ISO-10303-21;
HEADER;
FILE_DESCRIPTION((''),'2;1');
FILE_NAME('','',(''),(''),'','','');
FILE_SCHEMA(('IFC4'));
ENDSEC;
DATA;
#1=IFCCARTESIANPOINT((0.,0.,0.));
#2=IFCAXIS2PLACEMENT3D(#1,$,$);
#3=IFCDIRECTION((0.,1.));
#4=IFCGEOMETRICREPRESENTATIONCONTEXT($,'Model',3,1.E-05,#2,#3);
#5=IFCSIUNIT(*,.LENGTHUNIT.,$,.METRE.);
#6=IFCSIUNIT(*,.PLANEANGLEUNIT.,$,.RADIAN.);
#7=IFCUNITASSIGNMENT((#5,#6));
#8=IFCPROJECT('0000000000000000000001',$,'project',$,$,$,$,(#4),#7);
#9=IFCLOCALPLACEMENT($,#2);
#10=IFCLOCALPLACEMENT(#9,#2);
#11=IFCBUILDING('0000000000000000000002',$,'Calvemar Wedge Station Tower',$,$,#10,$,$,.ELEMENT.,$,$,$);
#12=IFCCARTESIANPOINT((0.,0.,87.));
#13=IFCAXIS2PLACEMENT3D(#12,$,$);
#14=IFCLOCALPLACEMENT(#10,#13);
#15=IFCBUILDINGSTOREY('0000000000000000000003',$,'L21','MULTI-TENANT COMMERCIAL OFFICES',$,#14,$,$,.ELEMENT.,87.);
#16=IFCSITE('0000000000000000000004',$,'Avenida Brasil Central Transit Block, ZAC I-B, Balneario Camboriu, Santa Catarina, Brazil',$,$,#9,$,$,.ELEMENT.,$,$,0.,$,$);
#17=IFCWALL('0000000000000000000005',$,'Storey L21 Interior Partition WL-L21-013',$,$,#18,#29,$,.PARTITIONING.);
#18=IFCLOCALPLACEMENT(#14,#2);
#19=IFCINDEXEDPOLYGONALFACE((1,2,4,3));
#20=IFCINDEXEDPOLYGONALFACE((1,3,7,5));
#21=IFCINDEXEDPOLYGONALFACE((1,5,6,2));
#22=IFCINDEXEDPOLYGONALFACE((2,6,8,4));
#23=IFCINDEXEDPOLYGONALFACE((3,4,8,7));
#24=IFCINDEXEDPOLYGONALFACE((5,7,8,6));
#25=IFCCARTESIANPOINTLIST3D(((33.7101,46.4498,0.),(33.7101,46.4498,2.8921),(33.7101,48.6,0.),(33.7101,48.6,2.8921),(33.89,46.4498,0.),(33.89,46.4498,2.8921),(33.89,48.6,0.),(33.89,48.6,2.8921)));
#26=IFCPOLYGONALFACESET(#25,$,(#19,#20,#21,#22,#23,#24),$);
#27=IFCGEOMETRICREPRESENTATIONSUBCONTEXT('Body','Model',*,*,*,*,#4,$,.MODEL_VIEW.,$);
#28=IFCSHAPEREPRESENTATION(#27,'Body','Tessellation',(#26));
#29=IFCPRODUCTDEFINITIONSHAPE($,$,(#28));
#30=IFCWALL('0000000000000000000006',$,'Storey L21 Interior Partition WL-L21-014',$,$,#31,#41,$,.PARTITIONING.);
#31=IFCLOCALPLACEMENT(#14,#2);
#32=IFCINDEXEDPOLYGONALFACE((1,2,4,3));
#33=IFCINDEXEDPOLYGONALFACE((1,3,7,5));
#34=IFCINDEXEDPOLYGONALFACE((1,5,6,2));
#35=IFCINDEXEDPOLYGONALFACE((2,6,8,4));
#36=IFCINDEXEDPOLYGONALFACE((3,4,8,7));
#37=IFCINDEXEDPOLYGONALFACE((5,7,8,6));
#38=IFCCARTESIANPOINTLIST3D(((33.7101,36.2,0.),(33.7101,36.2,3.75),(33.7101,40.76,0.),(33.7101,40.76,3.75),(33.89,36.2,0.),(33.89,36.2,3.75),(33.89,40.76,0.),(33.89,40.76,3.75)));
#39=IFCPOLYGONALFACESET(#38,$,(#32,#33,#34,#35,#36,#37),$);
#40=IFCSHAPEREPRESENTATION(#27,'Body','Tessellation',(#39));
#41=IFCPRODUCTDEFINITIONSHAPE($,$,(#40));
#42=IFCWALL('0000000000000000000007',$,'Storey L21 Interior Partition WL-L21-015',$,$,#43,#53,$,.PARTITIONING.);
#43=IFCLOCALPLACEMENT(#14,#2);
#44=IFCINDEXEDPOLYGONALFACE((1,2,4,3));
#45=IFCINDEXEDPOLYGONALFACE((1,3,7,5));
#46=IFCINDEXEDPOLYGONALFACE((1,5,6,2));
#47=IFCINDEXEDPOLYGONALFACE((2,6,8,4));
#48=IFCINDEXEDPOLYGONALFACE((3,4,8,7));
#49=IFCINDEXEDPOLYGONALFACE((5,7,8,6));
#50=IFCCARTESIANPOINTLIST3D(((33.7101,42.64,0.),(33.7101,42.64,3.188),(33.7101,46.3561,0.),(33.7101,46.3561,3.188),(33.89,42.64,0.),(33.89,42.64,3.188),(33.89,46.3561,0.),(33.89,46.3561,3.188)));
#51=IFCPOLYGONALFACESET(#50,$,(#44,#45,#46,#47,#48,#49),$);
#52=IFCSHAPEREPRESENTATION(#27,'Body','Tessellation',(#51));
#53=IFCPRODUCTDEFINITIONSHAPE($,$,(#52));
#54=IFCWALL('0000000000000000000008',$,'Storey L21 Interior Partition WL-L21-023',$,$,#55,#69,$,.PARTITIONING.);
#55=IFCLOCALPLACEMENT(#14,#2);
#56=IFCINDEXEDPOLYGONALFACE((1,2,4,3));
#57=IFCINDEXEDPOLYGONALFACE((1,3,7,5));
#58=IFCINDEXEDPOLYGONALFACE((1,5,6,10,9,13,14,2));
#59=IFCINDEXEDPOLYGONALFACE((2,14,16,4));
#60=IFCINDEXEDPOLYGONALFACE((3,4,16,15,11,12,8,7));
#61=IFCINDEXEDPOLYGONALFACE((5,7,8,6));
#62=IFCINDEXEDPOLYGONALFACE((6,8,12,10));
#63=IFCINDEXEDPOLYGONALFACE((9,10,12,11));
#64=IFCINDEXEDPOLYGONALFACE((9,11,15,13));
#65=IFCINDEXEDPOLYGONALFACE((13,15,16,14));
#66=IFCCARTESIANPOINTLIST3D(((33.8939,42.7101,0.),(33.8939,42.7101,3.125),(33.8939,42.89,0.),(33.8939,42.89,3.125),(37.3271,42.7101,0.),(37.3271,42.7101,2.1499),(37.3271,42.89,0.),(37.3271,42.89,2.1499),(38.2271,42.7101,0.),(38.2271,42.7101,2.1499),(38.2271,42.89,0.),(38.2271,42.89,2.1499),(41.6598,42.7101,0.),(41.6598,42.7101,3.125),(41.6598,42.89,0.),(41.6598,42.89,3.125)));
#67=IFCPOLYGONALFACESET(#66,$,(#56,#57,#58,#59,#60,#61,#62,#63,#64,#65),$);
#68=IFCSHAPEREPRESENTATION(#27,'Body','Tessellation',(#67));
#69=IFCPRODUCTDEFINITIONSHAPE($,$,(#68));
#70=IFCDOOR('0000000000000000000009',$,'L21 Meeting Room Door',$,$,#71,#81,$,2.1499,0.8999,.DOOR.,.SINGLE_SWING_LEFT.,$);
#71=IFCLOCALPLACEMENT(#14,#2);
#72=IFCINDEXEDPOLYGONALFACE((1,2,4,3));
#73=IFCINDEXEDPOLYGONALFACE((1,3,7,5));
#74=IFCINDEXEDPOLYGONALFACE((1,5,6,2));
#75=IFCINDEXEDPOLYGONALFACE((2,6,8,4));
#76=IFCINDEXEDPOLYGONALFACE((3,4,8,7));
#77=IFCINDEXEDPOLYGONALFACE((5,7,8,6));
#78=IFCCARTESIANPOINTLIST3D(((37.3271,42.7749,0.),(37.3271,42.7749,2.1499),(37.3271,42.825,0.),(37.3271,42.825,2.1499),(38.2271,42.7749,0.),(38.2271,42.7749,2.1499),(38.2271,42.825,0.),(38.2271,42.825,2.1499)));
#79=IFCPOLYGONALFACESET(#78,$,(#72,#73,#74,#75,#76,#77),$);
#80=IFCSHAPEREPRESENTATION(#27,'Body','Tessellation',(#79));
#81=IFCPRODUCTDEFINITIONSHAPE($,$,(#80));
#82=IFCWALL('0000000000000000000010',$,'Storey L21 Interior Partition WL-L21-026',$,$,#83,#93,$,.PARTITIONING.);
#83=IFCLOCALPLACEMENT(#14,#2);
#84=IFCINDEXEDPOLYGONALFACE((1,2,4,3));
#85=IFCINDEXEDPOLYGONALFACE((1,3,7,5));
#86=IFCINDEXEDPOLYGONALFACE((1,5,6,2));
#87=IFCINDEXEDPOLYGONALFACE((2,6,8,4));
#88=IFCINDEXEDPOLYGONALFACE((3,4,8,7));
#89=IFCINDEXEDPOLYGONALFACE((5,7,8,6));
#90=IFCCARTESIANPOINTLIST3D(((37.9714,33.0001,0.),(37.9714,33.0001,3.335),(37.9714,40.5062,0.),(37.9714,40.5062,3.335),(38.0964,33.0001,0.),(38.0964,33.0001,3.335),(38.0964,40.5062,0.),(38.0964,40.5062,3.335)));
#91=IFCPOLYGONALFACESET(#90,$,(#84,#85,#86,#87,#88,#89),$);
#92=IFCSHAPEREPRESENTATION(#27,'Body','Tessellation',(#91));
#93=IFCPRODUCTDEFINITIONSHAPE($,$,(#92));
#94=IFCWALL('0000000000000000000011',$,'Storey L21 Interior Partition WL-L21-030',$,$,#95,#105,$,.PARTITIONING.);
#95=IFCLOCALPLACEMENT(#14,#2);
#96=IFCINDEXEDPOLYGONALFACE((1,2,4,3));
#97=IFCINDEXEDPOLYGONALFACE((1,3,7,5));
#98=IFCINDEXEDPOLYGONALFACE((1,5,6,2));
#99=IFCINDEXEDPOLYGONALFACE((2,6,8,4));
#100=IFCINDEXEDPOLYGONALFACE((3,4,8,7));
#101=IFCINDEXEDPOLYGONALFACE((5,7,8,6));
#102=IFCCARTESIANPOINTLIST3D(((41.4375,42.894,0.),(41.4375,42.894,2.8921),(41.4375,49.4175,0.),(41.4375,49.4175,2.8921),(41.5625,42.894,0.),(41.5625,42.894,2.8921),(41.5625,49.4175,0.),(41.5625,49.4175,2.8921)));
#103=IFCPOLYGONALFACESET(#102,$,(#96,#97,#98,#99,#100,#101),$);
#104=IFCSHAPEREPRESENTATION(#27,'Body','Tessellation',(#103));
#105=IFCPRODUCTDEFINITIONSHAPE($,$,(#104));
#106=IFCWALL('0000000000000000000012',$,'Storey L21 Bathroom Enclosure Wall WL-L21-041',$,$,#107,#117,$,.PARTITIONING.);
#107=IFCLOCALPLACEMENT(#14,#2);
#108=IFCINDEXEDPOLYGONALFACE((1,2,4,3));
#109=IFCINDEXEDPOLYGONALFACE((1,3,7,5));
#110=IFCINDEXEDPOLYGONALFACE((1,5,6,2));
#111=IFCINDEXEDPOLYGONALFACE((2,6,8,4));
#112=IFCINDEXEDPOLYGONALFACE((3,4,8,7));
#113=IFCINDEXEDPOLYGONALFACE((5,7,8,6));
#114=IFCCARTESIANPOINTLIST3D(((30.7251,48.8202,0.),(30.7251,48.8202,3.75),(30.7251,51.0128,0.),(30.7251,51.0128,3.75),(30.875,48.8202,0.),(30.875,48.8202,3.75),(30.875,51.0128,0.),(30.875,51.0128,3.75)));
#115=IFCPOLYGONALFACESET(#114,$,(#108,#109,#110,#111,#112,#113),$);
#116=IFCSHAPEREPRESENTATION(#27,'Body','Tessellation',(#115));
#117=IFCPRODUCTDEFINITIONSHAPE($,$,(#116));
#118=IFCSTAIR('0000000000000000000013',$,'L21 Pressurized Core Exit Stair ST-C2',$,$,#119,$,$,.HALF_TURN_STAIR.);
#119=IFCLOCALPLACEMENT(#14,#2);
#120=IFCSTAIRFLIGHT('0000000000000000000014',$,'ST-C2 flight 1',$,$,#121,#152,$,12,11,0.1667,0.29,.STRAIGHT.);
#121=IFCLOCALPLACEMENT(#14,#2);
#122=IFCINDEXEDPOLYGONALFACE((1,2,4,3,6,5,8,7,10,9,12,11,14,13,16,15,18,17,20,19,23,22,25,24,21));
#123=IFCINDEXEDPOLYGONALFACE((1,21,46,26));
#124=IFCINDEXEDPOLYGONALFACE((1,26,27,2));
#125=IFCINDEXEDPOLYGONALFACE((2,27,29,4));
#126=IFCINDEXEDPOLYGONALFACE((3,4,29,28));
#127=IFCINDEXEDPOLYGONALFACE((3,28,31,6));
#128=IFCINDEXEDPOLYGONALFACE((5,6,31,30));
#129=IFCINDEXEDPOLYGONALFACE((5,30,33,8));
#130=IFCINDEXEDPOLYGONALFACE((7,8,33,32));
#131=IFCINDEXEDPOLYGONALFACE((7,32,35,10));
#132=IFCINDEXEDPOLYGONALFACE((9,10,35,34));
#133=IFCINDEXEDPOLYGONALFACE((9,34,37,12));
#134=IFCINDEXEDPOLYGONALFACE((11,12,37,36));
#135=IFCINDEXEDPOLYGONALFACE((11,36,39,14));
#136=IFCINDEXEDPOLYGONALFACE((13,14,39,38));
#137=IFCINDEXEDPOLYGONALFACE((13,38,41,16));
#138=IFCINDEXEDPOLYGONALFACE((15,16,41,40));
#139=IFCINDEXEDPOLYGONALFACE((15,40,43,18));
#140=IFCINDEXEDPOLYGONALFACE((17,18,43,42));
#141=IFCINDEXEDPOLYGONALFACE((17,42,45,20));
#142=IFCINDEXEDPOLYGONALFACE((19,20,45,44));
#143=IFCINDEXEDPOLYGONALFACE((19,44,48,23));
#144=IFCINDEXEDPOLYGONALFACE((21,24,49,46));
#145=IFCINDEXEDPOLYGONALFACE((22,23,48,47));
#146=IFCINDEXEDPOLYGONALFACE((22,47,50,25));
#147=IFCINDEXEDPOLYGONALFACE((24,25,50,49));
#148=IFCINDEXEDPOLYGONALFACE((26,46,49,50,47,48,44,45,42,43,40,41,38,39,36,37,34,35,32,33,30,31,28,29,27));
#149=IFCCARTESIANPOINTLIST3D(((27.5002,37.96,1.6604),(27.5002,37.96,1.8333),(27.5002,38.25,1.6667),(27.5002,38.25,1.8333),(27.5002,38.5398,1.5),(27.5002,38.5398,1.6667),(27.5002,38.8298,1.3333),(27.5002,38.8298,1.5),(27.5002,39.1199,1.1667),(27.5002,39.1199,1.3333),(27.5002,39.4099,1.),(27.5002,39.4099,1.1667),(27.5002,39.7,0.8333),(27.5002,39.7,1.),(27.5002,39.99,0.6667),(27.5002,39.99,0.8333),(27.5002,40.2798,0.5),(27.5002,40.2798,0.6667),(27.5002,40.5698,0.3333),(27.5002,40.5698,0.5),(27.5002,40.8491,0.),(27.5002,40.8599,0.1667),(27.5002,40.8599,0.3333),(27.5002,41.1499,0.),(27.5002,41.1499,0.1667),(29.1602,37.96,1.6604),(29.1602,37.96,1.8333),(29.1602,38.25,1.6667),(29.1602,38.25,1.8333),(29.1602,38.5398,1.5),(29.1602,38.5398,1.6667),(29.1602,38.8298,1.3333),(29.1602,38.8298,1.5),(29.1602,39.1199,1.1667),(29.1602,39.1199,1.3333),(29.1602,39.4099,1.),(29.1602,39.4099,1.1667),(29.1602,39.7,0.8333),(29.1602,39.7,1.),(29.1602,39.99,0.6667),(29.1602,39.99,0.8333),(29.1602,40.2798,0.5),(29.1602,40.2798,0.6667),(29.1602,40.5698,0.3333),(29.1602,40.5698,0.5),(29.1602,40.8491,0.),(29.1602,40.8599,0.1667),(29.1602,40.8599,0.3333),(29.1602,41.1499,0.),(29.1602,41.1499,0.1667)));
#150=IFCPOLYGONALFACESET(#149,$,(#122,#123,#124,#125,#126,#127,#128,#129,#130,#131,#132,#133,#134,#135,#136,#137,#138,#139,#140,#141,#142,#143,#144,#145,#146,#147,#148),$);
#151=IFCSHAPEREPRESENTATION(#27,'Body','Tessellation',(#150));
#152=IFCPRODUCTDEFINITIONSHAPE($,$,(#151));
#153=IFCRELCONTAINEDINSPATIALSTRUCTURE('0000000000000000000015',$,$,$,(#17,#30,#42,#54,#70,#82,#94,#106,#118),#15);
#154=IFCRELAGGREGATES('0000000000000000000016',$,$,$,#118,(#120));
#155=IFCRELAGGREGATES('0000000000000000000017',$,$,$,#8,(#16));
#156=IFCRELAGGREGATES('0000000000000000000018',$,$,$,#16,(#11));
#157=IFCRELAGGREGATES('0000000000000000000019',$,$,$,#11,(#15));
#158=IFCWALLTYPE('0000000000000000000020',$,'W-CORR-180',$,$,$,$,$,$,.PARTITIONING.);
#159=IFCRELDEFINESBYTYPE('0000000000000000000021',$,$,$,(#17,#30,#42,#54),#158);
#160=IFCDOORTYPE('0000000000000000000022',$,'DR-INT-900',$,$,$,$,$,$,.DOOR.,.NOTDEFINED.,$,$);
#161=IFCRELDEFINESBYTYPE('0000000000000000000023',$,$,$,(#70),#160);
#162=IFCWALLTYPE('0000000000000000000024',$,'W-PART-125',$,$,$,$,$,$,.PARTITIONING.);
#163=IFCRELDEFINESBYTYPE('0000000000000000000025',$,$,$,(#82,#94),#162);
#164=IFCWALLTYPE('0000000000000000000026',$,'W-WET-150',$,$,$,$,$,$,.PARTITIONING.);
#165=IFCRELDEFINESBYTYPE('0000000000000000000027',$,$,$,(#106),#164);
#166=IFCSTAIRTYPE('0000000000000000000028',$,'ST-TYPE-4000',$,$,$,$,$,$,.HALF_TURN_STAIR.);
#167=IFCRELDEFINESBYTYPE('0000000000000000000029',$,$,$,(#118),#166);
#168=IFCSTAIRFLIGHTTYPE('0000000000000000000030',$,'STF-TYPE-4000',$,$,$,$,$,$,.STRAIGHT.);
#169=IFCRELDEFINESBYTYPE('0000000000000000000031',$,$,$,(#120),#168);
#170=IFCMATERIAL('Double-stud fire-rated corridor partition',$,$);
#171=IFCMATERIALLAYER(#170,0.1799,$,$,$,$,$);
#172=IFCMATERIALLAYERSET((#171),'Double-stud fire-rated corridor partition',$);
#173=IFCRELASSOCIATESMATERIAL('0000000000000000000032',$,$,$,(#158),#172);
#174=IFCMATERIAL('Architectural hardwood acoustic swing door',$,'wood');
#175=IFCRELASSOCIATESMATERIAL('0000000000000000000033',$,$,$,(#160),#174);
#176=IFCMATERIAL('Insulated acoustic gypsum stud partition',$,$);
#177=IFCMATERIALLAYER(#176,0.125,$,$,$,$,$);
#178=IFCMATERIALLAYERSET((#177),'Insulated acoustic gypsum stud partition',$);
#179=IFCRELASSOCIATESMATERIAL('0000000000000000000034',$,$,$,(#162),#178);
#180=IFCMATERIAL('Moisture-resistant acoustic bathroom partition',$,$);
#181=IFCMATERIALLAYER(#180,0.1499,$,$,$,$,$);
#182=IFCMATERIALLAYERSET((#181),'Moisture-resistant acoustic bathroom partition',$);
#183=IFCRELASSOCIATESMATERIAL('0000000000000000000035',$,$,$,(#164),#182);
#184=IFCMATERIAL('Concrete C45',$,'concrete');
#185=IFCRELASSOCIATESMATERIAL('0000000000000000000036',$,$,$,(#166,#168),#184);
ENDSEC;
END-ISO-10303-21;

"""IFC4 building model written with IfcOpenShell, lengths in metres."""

from ifc_helpers import new_model, si_unit, direction, frame, frame_2d, origin, place, context, subcontext, project, spatial, polyline, rectangle, outline, extrude, source, transform, mapped, material, layer, layer_set, type_object, element, fill, aggregate, save


model = new_model("IFC4")

# Units and contexts
model_context = context("Model", 3, precision=1e-05, world=origin(), true_north=direction((0.0, 1.0)))
body_context = subcontext(model_context, "Body", "Model", "MODEL_VIEW")
ifc_project = project(units=[si_unit("LENGTHUNIT", "METRE"), si_unit("PLANEANGLEUNIT", "RADIAN")], contexts=[model_context])

# Site, building, storey
site_placement = place(None, origin())
site = spatial("IfcSite", under=ifc_project, at=site_placement, Name="Avenida Brasil Central Transit Block, ZAC I-B, Balneario Camboriu, Santa Catarina, Brazil", CompositionType="ELEMENT", RefElevation=0.0)
building_placement = place(site_placement, origin())
building = spatial("IfcBuilding", under=site, at=building_placement, Name="Calvemar Wedge Station Tower", CompositionType="ELEMENT")
storey_placement = place(building_placement, frame((0.0, 0.0, 87.0)))
storey = spatial("IfcBuildingStorey", under=building, at=storey_placement, Name="L21", Description="MULTI-TENANT COMMERCIAL OFFICES", CompositionType="ELEMENT", Elevation=87.0)

# Walls
ifc_material_1 = material(Name="Double-stud fire-rated corridor partition")
ifc_layer_1 = layer(ifc_material_1, 0.1799)
ifc_layer_set_1 = layer_set([ifc_layer_1], Name="Double-stud fire-rated corridor partition")
wall_type_1 = type_object("IfcWallType", Name="W-CORR-180", PredefinedType="PARTITIONING", material=ifc_layer_set_1)
wall_1_placement = place(storey_placement, frame((33.8, 48.6001, 0.0), z_axis=(0.0, 0.0, 1.0), x_axis=(0.0, -1.0, 0.0)))
element("IfcWall", 1, at=wall_1_placement, inside=storey, type_object=wall_type_1, Name="Storey L21 Interior Partition WL-L21-013", PredefinedType="PARTITIONING", context=body_context, shape_type="SweptSolid", body=[
    extrude(rectangle(XDim=2.1501, YDim=0.1799, at=frame_2d((1.0752, 0.0))), origin(), (0.0, 0.0, 1.0), 2.8921),
])
wall_2_placement = place(storey_placement, frame((33.8, 40.76, 0.0), z_axis=(0.0, 0.0, 1.0), x_axis=(0.0, -1.0, 0.0)))
element("IfcWall", 2, at=wall_2_placement, inside=storey, type_object=wall_type_1, Name="Storey L21 Interior Partition WL-L21-014", PredefinedType="PARTITIONING", context=body_context, shape_type="SweptSolid", body=[
    extrude(rectangle(XDim=4.5601, YDim=0.1799, at=frame_2d((2.28, 0.0))), origin(), (0.0, 0.0, 1.0), 3.75),
])
wall_3_placement = place(storey_placement, frame((33.8, 46.356, 0.0), z_axis=(0.0, 0.0, 1.0), x_axis=(0.0, -1.0, 0.0)))
element("IfcWall", 3, at=wall_3_placement, inside=storey, type_object=wall_type_1, Name="Storey L21 Interior Partition WL-L21-015", PredefinedType="PARTITIONING", context=body_context, shape_type="SweptSolid", body=[
    extrude(rectangle(XDim=3.7161, YDim=0.1799, at=frame_2d((1.8579, 0.0))), origin(), (0.0, 0.0, 1.0), 3.188),
])

# Wall, opening, door
shared_shape_1 = source(origin(), body_context, "Body", "SweptSolid", [
    extrude(rectangle(XDim=0.8999, YDim=2.1499, at=frame_2d((0.45, 1.075))), frame((0.0, 0.1001, 0.0), z_axis=(0.0, -1.0, 0.0), x_axis=(1.0, 0.0, 0.0)), (0.0, 0.0, 1.0), 0.2),
])
ifc_material_2 = material(Name="Architectural hardwood acoustic swing door", Category="wood")
door_type = type_object("IfcDoorType", Name="DR-INT-900", OperationType="NOTDEFINED", PredefinedType="DOOR", material=ifc_material_2)
shared_shape_2 = source(origin(), body_context, "Body", "SweptSolid", [
    extrude(rectangle(XDim=0.8999, YDim=2.1499, at=frame_2d((0.45, 1.075))), frame((0.0, 0.0249, 0.0), z_axis=(0.0, -1.0, 0.0), x_axis=(1.0, 0.0, 0.0)), (0.0, 0.0, 1.0), 0.05),
])
wall_4_placement = place(storey_placement, frame((33.894, 42.8, 0.0), z_axis=(0.0, 0.0, 1.0), x_axis=(1.0, 0.0, 0.0)))
wall_4 = element("IfcWall", 4, at=wall_4_placement, inside=storey, type_object=wall_type_1, Name="Storey L21 Interior Partition WL-L21-023", PredefinedType="PARTITIONING", context=body_context, shape_type="SweptSolid", body=[
    extrude(rectangle(XDim=7.7659, YDim=0.1799, at=frame_2d((3.8828, 0.0))), origin(), (0.0, 0.0, 1.0), 3.125),
])
opening_1_placement = place(wall_4_placement, frame((3.4331, 0.0, 0.0)))
opening_1 = element("IfcOpeningElement", 5, at=opening_1_placement, cuts=wall_4, PredefinedType="OPENING", context=body_context, shape_type="MappedRepresentation", body=[
    mapped(shared_shape_1, transform((0.0, 0.0, 0.0), scale=1.0)),
])
door_1_placement = place(opening_1_placement, origin())
door_1 = element("IfcDoor", 6, at=door_1_placement, inside=storey, type_object=door_type, Name="L21 Meeting Room Door", OperationType="SINGLE_SWING_LEFT", OverallHeight=2.1499, OverallWidth=0.8999, PredefinedType="DOOR", context=body_context, shape_type="MappedRepresentation", body=[
    mapped(shared_shape_2, transform((0.0, 0.0, 0.0), scale=1.0)),
])
fill(opening_1, door_1)

# Walls
ifc_material_3 = material(Name="Insulated acoustic gypsum stud partition")
ifc_layer_2 = layer(ifc_material_3, 0.125)
ifc_layer_set_2 = layer_set([ifc_layer_2], Name="Insulated acoustic gypsum stud partition")
wall_type_2 = type_object("IfcWallType", Name="W-PART-125", PredefinedType="PARTITIONING", material=ifc_layer_set_2)
wall_5_placement = place(storey_placement, frame((38.0339, 40.5061, 0.0), z_axis=(0.0, 0.0, 1.0), x_axis=(0.0, -1.0, 0.0)))
element("IfcWall", 7, at=wall_5_placement, inside=storey, type_object=wall_type_2, Name="Storey L21 Interior Partition WL-L21-026", PredefinedType="PARTITIONING", context=body_context, shape_type="SweptSolid", body=[
    extrude(rectangle(XDim=7.5061, YDim=0.125, at=frame_2d((3.7529, 0.0))), origin(), (0.0, 0.0, 1.0), 3.335),
])
wall_6_placement = place(storey_placement, frame((41.5, 49.4175, 0.0), z_axis=(0.0, 0.0, 1.0), x_axis=(0.0, -1.0, 0.0)))
element("IfcWall", 8, at=wall_6_placement, inside=storey, type_object=wall_type_2, Name="Storey L21 Interior Partition WL-L21-030", PredefinedType="PARTITIONING", context=body_context, shape_type="SweptSolid", body=[
    extrude(rectangle(XDim=6.5234, YDim=0.125, at=frame_2d((3.2617, 0.0))), origin(), (0.0, 0.0, 1.0), 2.8921),
])
ifc_material_4 = material(Name="Moisture-resistant acoustic bathroom partition")
ifc_layer_3 = layer(ifc_material_4, 0.1499)
ifc_layer_set_3 = layer_set([ifc_layer_3], Name="Moisture-resistant acoustic bathroom partition")
wall_type_3 = type_object("IfcWallType", Name="W-WET-150", PredefinedType="PARTITIONING", material=ifc_layer_set_3)
wall_7_placement = place(storey_placement, frame((30.8, 51.0127, 0.0), z_axis=(0.0, 0.0, 1.0), x_axis=(0.0, -1.0, 0.0)))
element("IfcWall", 9, at=wall_7_placement, inside=storey, type_object=wall_type_3, Name="Storey L21 Bathroom Enclosure Wall WL-L21-041", PredefinedType="PARTITIONING", context=body_context, shape_type="SweptSolid", body=[
    extrude(rectangle(XDim=2.1926, YDim=0.1499, at=frame_2d((1.0962, 0.0))), origin(), (0.0, 0.0, 1.0), 3.75),
])

# Stair, stair flight
ifc_material_5 = material(Name="Concrete C45", Category="concrete")
stair_type = type_object("IfcStairType", Name="ST-TYPE-4000", PredefinedType="HALF_TURN_STAIR", material=ifc_material_5)
stair_placement = place(storey_placement, origin())
stair = element("IfcStair", 10, at=stair_placement, inside=storey, type_object=stair_type, Name="L21 Pressurized Core Exit Stair ST-C2", PredefinedType="HALF_TURN_STAIR")
stair_flight_type = type_object("IfcStairFlightType", Name="STF-TYPE-4000", PredefinedType="STRAIGHT", material=ifc_material_5)
stair_flight_1_placement = place(storey_placement, frame((28.3301, 41.1499, 0.0), z_axis=(0.0, 0.0, 1.0), x_axis=(0.0, -1.0, 0.0)))
stair_flight_1 = element("IfcStairFlight", 11, at=stair_flight_1_placement, type_object=stair_flight_type, Name="ST-C2 flight 1", NumberOfRisers=12, NumberOfTreads=11, PredefinedType="STRAIGHT", RiserHeight=0.1667, TreadLength=0.29, context=body_context, shape_type="SweptSolid", body=[
    extrude(outline(polyline([(0.0, 0.0), (0.0, 0.1667), (0.29, 0.1667), (0.29, 0.3333), (0.5801, 0.3333), (0.5801, 0.5), (0.8701, 0.5), (0.8701, 0.6667), (1.1599, 0.6667), (1.1599, 0.8333), (1.45, 0.8333), (1.45, 1.0), (1.74, 1.0), (1.74, 1.1667), (2.03, 1.1667), (2.03, 1.3333), (2.3201, 1.3333), (2.3201, 1.5), (2.6101, 1.5), (2.6101, 1.6667), (2.8999, 1.6667), (2.8999, 1.8333), (3.1899, 1.8333), (3.1899, 2.0), (3.1899, 1.6604), (0.3008, 0.0), (0.0, 0.0)])), frame((0.0, 0.8301, 0.0), z_axis=(0.0, -1.0, 0.0), x_axis=(1.0, 0.0, 0.0)), (0.0, 0.0, 1.0), 1.6599),
])
aggregate(stair, [stair_flight_1])

save(model, "model.ifc")
